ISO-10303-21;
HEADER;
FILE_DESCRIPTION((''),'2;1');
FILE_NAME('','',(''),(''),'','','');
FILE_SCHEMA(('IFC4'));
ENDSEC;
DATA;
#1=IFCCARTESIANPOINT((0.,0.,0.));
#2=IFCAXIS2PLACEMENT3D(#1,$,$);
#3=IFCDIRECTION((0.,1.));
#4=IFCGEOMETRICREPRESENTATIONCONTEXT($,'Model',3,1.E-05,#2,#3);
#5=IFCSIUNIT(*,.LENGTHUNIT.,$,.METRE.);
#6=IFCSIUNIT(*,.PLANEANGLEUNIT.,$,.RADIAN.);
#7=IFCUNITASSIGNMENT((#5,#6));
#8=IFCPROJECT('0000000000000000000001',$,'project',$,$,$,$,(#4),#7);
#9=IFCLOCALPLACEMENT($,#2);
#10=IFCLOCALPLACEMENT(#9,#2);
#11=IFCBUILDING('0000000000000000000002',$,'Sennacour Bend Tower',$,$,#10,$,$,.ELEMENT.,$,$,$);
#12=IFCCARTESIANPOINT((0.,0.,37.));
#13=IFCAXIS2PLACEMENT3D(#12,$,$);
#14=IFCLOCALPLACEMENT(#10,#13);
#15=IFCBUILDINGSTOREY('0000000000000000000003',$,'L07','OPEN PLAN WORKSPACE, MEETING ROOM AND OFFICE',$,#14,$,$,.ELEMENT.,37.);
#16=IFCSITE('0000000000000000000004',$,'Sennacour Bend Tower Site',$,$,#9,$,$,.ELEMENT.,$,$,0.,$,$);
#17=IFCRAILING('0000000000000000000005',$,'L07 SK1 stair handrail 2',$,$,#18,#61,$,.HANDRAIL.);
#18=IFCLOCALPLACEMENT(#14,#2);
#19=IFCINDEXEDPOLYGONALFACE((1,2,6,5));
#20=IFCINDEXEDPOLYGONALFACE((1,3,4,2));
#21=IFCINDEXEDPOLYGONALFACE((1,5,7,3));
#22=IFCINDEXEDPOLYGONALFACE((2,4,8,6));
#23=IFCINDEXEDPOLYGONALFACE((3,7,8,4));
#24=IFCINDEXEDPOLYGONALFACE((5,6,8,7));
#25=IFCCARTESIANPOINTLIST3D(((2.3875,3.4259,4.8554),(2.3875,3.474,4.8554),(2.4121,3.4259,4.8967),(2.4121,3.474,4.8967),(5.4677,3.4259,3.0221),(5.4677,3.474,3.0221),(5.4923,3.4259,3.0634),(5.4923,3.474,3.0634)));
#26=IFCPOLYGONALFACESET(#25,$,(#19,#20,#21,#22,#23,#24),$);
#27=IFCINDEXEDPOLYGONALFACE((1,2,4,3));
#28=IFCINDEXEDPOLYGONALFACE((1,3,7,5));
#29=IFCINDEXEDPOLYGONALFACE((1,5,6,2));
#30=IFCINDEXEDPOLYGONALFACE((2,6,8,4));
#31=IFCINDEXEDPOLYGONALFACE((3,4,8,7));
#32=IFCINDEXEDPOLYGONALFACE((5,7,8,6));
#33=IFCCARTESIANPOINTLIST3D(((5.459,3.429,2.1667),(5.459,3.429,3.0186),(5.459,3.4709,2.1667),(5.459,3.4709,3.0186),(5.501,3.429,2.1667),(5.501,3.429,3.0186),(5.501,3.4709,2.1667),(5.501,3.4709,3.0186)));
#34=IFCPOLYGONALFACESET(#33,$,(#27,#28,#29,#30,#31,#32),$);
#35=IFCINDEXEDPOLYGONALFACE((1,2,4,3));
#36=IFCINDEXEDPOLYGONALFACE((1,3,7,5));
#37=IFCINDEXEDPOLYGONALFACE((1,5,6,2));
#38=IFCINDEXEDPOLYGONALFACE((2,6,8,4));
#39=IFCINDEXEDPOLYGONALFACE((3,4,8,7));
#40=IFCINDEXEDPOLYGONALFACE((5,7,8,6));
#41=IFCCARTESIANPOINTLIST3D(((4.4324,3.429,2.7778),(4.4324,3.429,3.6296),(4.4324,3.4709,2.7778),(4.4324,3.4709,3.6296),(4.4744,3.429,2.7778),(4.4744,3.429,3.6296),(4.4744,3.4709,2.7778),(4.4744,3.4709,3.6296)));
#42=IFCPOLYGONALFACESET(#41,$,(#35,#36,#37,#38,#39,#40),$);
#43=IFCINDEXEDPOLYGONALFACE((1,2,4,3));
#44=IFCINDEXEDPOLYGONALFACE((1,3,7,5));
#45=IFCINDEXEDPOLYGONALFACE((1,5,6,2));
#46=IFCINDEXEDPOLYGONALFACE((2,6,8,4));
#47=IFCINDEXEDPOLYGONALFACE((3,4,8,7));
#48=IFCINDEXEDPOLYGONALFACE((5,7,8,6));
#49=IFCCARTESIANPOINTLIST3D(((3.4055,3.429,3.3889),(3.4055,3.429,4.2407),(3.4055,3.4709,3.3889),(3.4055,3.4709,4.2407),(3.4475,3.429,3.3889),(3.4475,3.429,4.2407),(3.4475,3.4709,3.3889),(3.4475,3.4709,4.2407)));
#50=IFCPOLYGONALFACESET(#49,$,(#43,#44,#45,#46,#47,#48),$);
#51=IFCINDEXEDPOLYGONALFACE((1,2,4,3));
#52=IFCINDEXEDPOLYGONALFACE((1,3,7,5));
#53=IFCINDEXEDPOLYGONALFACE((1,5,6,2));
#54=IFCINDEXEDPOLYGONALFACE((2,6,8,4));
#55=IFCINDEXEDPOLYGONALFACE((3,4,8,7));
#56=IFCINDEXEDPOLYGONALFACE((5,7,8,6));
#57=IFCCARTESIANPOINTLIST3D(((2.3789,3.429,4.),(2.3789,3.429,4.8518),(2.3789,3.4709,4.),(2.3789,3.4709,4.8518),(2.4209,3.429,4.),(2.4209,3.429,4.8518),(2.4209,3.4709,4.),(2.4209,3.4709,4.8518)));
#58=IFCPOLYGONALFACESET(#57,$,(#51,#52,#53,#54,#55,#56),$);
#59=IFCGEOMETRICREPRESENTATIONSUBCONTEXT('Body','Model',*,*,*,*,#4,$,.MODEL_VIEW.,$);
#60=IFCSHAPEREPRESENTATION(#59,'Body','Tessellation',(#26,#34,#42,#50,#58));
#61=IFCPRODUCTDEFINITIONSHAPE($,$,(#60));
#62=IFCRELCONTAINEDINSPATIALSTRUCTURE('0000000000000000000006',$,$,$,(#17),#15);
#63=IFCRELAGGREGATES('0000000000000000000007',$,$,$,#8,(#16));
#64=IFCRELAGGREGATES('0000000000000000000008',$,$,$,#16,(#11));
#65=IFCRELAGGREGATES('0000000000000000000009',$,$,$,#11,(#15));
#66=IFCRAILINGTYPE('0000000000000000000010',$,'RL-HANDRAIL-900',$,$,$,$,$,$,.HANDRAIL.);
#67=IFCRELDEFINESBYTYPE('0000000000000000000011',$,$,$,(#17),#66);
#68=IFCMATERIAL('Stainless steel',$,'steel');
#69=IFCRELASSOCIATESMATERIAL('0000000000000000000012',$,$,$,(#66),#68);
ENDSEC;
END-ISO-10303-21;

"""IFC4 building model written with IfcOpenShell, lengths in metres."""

from ifc_helpers import new_model, si_unit, direction, frame, origin, origin_2d, place, context, subcontext, project, spatial, rectangle, extrude, material, type_object, element, save


model = new_model("IFC4")

# Units and contexts
model_context = context("Model", 3, precision=1e-05, world=origin(), true_north=direction((0.0, 1.0)))
body_context = subcontext(model_context, "Body", "Model", "MODEL_VIEW")
ifc_project = project(units=[si_unit("LENGTHUNIT", "METRE"), si_unit("PLANEANGLEUNIT", "RADIAN")], contexts=[model_context])

# Site, building, storey
site_placement = place(None, origin())
site = spatial("IfcSite", under=ifc_project, at=site_placement, Name="Sennacour Bend Tower Site", CompositionType="ELEMENT", RefElevation=0.0)
building_placement = place(site_placement, origin())
building = spatial("IfcBuilding", under=site, at=building_placement, Name="Sennacour Bend Tower", CompositionType="ELEMENT")
storey_placement = place(building_placement, frame((0.0, 0.0, 37.0)))
storey = spatial("IfcBuildingStorey", under=building, at=storey_placement, Name="L07", Description="OPEN PLAN WORKSPACE, MEETING ROOM AND OFFICE", CompositionType="ELEMENT", Elevation=37.0)

# Railing
ifc_material_1 = material(Name="Stainless steel", Category="steel")
railing_type_1 = type_object("IfcRailingType", Name="RL-HANDRAIL-900", PredefinedType="HANDRAIL", material=ifc_material_1)
railing_1_placement = place(storey_placement, frame((5.48, 3.45, 2.1667)))
element("IfcRailing", 1, at=railing_1_placement, inside=storey, type_object=railing_type_1, Name="L07 SK1 stair handrail 2", PredefinedType="HANDRAIL", context=body_context, shape_type="SweptSolid", body=[
    extrude(rectangle(XDim=0.0481, YDim=0.0481, at=origin_2d()), frame((0.0, 0.0, 0.876), z_axis=(-0.859309, 0.0, 0.511458), x_axis=(0.0, -1.0, 0.0)), (0.0, 0.0, 1.0), 3.5845),
    extrude(rectangle(XDim=0.042, YDim=0.042, at=origin_2d()), origin(), (0.0, 0.0, 1.0), 0.8518),
    extrude(rectangle(XDim=0.042, YDim=0.042, at=origin_2d()), frame((-1.0266, 0.0, 0.6111)), (0.0, 0.0, 1.0), 0.8518),
    extrude(rectangle(XDim=0.042, YDim=0.042, at=origin_2d()), frame((-2.0535, 0.0, 1.2222)), (0.0, 0.0, 1.0), 0.8518),
    extrude(rectangle(XDim=0.042, YDim=0.042, at=origin_2d()), frame((-3.0801, 0.0, 1.8333)), (0.0, 0.0, 1.0), 0.8518),
])

save(model, "model.ifc")
